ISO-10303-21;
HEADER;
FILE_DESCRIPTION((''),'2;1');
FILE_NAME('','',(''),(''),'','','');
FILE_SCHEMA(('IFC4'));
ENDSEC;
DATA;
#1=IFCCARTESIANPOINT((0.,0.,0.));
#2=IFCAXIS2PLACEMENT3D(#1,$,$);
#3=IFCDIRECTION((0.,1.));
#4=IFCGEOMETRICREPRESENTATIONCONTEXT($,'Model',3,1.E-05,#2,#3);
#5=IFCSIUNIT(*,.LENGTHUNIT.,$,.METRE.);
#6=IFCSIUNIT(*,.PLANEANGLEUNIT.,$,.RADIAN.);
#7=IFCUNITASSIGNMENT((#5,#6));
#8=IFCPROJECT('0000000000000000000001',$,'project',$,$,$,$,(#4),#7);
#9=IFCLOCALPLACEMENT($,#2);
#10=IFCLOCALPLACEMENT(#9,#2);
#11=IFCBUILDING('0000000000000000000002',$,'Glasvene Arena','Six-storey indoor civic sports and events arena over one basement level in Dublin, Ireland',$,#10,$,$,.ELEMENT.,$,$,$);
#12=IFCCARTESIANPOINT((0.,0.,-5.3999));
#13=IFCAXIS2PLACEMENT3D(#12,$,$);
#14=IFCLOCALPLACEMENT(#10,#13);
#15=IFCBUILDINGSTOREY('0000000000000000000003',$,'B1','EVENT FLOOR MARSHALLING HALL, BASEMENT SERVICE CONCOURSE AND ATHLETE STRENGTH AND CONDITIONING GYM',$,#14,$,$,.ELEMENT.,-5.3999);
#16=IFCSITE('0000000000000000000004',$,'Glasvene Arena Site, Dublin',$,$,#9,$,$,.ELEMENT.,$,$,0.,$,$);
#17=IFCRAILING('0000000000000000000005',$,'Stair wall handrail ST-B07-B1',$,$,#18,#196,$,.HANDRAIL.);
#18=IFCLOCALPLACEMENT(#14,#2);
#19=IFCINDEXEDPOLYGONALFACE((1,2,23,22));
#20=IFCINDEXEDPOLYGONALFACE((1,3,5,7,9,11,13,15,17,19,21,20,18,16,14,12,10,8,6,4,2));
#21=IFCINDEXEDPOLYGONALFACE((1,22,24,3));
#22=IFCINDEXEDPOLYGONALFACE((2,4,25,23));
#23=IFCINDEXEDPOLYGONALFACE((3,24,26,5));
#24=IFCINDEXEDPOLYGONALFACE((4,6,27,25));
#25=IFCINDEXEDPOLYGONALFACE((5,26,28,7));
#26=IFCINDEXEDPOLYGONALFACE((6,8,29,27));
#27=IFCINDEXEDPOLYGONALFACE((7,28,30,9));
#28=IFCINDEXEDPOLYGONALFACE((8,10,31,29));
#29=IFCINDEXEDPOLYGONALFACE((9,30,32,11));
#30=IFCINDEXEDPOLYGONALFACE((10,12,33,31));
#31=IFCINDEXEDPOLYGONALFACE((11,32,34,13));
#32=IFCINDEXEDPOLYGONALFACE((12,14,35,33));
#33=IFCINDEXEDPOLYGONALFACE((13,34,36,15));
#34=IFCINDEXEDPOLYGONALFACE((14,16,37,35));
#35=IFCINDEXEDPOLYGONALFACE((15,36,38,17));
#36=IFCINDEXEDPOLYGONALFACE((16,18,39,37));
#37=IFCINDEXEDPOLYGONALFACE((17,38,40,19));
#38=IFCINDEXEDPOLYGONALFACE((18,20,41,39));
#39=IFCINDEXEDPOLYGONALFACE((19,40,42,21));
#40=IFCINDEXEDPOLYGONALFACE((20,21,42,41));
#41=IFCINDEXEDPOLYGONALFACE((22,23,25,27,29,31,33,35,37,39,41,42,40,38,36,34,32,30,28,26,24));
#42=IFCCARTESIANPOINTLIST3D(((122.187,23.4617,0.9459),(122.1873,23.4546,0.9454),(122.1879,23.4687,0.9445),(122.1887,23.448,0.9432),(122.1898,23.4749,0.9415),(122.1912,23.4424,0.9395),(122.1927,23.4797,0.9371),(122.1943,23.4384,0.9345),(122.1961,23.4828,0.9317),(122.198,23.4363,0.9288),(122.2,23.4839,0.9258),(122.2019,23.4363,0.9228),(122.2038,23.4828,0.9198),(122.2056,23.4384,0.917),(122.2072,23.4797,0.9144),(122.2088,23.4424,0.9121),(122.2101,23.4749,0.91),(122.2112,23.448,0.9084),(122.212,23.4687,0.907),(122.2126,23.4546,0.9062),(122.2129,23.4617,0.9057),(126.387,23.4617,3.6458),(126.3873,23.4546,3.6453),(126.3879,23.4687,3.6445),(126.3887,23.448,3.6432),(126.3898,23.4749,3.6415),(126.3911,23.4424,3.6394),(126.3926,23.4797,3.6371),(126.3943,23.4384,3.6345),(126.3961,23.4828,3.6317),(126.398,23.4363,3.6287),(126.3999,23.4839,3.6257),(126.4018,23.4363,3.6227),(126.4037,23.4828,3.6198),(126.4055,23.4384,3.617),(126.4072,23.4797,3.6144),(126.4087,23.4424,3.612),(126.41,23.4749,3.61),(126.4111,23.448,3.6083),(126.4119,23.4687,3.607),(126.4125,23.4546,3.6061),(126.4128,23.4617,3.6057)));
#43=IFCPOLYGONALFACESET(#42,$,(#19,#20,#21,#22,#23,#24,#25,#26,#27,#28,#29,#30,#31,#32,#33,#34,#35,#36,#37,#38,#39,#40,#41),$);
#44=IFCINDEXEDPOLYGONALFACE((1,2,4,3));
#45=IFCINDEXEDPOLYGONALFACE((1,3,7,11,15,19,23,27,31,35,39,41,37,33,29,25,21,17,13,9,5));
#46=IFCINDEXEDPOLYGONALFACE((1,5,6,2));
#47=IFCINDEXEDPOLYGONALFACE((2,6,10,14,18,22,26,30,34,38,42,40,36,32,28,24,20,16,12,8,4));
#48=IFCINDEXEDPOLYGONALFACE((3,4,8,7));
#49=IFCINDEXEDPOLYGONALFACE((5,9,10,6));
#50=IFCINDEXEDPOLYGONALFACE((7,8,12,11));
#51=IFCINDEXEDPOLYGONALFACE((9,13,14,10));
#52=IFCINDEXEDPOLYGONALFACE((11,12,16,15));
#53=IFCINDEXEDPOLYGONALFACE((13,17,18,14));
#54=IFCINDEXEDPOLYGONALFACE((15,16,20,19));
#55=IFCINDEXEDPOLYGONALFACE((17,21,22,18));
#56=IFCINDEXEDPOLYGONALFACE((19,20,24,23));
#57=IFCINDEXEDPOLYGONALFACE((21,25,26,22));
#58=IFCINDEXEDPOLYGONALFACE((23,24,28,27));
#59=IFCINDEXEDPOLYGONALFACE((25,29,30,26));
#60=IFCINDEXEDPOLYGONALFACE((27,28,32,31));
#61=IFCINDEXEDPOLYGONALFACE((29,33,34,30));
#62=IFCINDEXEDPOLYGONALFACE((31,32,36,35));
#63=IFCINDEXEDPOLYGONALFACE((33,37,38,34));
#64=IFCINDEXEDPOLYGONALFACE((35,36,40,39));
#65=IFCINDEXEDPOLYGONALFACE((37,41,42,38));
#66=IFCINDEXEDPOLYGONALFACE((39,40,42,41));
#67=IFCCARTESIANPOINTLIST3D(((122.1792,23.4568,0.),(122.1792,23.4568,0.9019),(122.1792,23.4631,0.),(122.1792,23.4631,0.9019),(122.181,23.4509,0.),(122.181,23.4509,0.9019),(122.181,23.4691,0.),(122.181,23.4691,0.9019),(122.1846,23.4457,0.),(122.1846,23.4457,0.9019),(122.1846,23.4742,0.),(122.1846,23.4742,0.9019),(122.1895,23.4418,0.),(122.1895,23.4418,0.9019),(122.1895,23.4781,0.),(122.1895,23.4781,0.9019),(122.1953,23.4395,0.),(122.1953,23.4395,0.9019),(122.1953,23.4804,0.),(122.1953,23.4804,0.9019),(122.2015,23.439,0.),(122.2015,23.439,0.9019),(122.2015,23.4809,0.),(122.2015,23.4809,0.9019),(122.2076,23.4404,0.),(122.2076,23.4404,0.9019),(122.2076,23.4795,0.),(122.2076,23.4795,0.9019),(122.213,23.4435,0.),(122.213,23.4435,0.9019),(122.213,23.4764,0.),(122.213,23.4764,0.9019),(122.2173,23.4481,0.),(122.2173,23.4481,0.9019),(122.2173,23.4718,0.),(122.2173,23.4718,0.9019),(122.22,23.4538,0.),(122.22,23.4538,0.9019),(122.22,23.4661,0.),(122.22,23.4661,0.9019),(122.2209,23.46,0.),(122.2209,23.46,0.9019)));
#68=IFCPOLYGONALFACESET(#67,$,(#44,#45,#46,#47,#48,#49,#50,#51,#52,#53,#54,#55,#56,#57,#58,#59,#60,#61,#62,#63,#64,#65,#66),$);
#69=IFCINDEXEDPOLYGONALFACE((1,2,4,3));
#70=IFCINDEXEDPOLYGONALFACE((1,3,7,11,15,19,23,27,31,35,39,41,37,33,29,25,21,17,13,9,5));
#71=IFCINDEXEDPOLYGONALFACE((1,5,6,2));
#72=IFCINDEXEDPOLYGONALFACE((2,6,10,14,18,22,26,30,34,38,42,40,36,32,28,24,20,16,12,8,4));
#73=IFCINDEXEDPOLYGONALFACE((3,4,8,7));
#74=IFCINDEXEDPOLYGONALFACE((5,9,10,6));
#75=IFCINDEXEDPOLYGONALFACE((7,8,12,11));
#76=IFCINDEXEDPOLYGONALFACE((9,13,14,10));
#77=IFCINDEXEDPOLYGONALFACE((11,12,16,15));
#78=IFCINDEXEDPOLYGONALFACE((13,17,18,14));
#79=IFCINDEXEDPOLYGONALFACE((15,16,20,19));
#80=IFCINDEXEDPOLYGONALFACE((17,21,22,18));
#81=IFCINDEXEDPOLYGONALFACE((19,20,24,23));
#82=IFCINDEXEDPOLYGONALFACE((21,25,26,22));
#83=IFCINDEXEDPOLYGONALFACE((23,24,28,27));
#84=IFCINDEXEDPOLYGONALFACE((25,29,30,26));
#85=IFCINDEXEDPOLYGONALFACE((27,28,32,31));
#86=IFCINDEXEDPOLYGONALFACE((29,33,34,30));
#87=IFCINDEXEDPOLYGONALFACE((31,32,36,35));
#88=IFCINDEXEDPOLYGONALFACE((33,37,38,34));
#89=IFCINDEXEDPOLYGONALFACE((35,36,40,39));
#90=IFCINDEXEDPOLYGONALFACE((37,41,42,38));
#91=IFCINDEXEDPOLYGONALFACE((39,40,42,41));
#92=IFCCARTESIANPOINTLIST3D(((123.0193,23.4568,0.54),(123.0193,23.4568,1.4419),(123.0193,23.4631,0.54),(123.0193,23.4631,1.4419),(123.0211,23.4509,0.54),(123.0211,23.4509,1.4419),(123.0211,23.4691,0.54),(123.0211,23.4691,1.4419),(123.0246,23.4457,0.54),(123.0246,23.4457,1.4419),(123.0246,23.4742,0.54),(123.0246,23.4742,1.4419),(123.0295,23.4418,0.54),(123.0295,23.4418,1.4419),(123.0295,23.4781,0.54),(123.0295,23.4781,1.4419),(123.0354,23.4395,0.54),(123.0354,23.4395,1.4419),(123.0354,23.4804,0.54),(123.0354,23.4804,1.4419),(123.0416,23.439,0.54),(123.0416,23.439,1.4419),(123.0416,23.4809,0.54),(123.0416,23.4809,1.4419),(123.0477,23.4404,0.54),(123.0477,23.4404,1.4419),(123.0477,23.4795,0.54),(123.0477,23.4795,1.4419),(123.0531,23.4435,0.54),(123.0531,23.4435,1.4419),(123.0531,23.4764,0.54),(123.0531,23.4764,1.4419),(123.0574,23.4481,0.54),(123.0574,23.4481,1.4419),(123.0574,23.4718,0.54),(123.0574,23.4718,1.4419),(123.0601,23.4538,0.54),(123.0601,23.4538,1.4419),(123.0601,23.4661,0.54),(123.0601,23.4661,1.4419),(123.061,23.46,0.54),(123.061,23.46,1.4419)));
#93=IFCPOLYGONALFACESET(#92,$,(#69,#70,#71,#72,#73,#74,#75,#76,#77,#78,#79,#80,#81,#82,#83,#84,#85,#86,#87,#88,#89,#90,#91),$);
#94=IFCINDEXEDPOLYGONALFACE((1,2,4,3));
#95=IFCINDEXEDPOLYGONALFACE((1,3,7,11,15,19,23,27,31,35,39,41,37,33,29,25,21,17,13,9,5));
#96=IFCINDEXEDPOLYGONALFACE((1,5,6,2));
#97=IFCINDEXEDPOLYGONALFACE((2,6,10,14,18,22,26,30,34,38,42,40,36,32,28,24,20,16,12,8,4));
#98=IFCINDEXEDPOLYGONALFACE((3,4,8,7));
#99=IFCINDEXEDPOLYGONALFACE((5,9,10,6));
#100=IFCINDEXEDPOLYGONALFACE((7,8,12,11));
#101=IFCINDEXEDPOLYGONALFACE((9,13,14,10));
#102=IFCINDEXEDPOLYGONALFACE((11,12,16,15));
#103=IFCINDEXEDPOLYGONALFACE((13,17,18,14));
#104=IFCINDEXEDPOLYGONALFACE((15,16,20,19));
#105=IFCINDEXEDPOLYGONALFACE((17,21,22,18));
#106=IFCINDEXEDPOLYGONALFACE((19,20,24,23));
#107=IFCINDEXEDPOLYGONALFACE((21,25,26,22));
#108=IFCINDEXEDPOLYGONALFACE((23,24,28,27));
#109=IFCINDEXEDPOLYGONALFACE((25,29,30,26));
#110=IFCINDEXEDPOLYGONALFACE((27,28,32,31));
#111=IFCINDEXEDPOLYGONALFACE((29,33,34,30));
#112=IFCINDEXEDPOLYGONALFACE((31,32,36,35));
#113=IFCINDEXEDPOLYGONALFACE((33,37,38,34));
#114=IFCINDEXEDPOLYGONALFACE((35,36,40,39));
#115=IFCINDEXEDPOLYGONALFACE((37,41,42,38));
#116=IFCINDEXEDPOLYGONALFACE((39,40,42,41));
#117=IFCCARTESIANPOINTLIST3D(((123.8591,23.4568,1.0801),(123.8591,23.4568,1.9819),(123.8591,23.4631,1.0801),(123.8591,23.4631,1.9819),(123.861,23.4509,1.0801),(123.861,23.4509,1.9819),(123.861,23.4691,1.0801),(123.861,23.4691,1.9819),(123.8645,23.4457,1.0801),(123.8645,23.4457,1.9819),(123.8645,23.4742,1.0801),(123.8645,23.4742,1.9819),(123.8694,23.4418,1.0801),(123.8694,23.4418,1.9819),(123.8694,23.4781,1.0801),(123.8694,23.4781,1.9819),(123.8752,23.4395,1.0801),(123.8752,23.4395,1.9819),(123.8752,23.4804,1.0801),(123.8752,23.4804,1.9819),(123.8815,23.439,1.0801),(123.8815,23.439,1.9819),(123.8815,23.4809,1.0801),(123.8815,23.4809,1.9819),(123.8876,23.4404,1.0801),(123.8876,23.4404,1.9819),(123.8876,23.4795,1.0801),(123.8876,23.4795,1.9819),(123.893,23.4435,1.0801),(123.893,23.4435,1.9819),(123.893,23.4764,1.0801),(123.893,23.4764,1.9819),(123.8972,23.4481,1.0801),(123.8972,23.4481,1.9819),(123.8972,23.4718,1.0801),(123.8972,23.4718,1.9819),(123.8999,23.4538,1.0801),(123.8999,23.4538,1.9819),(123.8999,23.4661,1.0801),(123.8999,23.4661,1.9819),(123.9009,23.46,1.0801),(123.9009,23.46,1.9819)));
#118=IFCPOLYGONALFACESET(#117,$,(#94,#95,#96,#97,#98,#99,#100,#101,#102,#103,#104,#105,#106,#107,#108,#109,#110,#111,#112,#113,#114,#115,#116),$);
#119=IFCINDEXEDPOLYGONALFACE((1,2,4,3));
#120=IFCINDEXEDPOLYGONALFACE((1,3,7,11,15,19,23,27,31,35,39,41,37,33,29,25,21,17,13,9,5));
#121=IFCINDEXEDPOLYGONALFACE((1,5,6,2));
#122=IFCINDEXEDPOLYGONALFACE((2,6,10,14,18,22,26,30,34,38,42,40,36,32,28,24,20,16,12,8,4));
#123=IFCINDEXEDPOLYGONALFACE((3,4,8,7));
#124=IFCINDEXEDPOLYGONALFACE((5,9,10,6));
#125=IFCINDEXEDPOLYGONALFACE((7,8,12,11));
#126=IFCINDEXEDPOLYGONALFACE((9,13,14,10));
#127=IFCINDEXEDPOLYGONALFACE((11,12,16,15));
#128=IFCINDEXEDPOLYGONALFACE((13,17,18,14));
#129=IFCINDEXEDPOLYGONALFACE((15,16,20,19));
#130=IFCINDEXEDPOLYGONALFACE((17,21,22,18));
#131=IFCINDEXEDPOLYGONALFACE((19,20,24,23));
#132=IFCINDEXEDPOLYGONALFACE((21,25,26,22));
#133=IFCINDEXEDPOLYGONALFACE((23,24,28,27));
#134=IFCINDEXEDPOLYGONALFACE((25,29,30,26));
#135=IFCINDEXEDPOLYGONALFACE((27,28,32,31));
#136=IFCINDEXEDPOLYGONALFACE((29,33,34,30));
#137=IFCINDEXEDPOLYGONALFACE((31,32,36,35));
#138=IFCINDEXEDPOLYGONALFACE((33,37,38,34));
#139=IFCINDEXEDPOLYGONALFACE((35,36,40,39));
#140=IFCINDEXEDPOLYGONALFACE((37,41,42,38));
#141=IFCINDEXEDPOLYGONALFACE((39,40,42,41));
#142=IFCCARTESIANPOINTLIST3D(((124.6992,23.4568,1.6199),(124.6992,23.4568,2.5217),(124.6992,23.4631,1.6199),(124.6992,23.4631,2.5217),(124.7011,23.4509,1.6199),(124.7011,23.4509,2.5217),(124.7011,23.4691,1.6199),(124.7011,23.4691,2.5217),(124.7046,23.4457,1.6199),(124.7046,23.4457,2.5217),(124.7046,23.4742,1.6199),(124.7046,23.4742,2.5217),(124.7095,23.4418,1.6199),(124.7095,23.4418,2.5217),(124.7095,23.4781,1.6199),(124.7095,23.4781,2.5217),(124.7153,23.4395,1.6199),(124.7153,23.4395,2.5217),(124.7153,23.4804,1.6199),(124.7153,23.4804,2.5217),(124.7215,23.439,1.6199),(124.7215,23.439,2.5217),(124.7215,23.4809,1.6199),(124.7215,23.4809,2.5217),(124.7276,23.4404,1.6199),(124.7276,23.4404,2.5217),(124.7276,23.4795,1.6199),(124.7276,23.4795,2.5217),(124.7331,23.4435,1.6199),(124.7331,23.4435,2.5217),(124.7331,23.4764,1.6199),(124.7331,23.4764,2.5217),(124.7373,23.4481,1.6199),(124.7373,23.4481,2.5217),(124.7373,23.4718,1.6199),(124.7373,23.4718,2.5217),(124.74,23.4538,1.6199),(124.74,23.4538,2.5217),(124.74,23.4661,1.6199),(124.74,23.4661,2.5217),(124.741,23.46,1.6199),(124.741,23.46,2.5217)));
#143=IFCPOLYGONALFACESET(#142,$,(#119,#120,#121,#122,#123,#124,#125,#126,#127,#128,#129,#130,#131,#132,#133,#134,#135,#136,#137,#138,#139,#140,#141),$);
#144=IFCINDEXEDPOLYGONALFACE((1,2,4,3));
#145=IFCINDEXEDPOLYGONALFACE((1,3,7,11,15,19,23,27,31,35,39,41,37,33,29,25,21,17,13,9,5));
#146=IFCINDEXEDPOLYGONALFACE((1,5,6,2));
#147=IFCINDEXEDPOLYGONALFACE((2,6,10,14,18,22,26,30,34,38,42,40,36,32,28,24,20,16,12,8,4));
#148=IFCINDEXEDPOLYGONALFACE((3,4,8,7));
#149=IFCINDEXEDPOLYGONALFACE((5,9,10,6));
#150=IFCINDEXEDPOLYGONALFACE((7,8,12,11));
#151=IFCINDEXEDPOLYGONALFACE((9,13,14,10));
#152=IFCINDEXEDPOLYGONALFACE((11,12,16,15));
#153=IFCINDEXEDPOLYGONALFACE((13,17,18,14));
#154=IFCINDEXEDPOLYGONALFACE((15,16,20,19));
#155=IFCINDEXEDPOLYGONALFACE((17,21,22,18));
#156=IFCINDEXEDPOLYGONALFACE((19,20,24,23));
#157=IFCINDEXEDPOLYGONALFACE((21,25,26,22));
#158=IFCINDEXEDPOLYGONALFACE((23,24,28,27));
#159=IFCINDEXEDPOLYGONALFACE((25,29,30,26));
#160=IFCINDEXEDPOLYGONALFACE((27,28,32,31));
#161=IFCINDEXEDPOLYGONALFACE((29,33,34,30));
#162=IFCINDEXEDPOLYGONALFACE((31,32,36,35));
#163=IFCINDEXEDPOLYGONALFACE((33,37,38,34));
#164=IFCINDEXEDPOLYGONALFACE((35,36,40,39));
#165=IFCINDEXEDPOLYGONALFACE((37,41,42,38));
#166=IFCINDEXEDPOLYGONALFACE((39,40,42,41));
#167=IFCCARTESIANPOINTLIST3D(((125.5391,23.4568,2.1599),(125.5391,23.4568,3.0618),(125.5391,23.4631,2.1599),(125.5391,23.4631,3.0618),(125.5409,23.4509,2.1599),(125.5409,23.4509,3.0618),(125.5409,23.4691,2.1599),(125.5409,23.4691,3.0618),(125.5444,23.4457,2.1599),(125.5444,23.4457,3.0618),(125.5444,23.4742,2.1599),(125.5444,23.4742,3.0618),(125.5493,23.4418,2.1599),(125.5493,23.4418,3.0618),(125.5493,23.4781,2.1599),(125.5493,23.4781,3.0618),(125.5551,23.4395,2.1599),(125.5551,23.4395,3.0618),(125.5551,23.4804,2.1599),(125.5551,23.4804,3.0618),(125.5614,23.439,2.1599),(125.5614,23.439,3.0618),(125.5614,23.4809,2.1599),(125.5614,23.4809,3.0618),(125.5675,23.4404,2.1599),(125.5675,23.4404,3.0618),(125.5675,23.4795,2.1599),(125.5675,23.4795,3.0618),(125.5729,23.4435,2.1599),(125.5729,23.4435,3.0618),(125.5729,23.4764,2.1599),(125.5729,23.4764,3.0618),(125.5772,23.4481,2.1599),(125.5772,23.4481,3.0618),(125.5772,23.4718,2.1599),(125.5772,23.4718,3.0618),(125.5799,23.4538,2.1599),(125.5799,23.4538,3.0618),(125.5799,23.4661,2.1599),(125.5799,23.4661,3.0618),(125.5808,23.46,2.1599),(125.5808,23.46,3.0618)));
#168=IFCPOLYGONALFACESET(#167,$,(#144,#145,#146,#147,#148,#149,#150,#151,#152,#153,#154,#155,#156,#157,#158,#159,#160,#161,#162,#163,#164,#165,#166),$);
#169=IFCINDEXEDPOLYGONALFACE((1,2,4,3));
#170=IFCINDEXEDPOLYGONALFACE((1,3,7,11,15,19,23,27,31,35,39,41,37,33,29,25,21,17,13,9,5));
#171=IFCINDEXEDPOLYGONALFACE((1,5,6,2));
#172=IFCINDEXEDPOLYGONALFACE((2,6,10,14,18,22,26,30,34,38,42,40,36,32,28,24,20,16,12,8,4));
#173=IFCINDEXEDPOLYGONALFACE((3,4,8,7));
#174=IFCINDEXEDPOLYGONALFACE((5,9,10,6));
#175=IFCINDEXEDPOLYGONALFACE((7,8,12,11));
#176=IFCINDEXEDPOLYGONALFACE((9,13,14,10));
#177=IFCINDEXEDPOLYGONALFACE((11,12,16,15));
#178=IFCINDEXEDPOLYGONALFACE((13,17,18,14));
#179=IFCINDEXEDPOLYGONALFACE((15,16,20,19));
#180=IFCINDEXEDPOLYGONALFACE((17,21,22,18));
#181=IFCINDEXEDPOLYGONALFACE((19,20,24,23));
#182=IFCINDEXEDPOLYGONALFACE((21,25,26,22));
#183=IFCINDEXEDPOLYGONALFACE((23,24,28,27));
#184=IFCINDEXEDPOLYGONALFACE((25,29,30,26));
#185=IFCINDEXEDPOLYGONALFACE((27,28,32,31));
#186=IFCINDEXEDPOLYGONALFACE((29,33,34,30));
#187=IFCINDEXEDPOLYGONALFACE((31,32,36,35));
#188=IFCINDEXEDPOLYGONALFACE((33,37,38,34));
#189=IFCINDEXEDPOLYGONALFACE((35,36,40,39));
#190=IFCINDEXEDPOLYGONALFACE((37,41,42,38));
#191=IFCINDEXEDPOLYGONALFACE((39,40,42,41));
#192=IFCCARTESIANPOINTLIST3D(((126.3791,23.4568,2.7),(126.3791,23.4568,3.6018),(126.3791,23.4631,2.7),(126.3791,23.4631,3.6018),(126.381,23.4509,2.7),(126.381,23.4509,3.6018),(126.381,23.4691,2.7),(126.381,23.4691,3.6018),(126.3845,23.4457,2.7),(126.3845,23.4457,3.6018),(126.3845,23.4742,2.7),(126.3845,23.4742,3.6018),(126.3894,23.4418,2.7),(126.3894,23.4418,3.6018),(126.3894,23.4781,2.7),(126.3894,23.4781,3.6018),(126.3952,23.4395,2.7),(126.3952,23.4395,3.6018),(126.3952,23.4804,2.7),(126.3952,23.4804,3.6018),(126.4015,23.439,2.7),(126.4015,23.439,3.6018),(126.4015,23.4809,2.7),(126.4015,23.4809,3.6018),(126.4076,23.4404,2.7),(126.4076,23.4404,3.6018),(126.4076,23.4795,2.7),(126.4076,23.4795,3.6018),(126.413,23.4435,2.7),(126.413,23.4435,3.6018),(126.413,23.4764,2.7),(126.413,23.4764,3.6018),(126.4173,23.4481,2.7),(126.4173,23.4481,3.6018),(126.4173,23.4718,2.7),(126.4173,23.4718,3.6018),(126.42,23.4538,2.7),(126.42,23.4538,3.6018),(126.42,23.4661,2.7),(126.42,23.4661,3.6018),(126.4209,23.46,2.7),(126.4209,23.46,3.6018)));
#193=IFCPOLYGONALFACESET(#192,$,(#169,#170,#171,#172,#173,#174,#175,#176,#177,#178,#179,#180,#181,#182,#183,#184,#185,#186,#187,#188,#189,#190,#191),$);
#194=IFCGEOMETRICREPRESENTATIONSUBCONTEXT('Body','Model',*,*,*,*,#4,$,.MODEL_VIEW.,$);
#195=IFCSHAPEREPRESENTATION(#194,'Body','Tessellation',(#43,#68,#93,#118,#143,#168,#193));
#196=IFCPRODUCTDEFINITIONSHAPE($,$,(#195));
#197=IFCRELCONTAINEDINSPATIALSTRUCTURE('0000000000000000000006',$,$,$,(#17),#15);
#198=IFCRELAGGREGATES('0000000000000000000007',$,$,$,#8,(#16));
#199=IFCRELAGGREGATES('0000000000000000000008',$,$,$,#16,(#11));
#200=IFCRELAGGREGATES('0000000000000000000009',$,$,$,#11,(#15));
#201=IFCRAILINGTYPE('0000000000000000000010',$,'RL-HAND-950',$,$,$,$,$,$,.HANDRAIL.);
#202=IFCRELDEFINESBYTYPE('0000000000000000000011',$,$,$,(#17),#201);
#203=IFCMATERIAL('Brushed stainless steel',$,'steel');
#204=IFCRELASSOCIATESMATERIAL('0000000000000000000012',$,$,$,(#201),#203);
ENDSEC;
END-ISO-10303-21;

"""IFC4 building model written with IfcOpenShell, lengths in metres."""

from ifc_helpers import new_model, si_unit, direction, frame, origin, origin_2d, place, context, subcontext, project, spatial, circle, extrude, material, type_object, element, save


model = new_model("IFC4")

# Units and contexts
model_context = context("Model", 3, precision=1e-05, world=origin(), true_north=direction((0.0, 1.0)))
body_context = subcontext(model_context, "Body", "Model", "MODEL_VIEW")
ifc_project = project(units=[si_unit("LENGTHUNIT", "METRE"), si_unit("PLANEANGLEUNIT", "RADIAN")], contexts=[model_context])

# Site, building, storey
site_placement = place(None, origin())
site = spatial("IfcSite", under=ifc_project, at=site_placement, Name="Glasvene Arena Site, Dublin", CompositionType="ELEMENT", RefElevation=0.0)
building_placement = place(site_placement, origin())
building = spatial("IfcBuilding", under=site, at=building_placement, Name="Glasvene Arena", Description="Six-storey indoor civic sports and events arena over one basement level in Dublin, Ireland", CompositionType="ELEMENT")
storey_placement = place(building_placement, frame((0.0, 0.0, -5.3999)))
storey = spatial("IfcBuildingStorey", under=building, at=storey_placement, Name="B1", Description="EVENT FLOOR MARSHALLING HALL, BASEMENT SERVICE CONCOURSE AND ATHLETE STRENGTH AND CONDITIONING GYM", CompositionType="ELEMENT", Elevation=-5.3999)

# Railing
ifc_material_1 = material(Name="Brushed stainless steel", Category="steel")
railing_type_1 = type_object("IfcRailingType", Name="RL-HAND-950", PredefinedType="HANDRAIL", material=ifc_material_1)
railing_1_placement = place(storey_placement, frame((122.2, 23.46, 0.0)))
element("IfcRailing", 1, at=railing_1_placement, inside=storey, type_object=railing_type_1, Name="Stair wall handrail ST-B07-B1", PredefinedType="HANDRAIL", context=body_context, shape_type="SweptSolid", body=[
    extrude(circle(Radius=0.0239, at=origin_2d()), frame((0.0, 0.0, 0.9258), z_axis=(0.84118, 0.0, 0.540755), x_axis=(0.0, 1.0, 0.0)), (0.0, 0.0, 1.0), 4.9929),
    extrude(circle(Radius=0.021, at=origin_2d()), origin(), (0.0, 0.0, 1.0), 0.9019),
    extrude(circle(Radius=0.021, at=origin_2d()), frame((0.8401, 0.0, 0.54)), (0.0, 0.0, 1.0), 0.9019),
    extrude(circle(Radius=0.021, at=origin_2d()), frame((1.6799, 0.0, 1.0801)), (0.0, 0.0, 1.0), 0.9019),
    extrude(circle(Radius=0.021, at=origin_2d()), frame((2.52, 0.0, 1.6199)), (0.0, 0.0, 1.0), 0.9019),
    extrude(circle(Radius=0.021, at=origin_2d()), frame((3.3599, 0.0, 2.1599)), (0.0, 0.0, 1.0), 0.9019),
    extrude(circle(Radius=0.021, at=origin_2d()), frame((4.2, 0.0, 2.7)), (0.0, 0.0, 1.0), 0.9019),
])

save(model, "model.ifc")
